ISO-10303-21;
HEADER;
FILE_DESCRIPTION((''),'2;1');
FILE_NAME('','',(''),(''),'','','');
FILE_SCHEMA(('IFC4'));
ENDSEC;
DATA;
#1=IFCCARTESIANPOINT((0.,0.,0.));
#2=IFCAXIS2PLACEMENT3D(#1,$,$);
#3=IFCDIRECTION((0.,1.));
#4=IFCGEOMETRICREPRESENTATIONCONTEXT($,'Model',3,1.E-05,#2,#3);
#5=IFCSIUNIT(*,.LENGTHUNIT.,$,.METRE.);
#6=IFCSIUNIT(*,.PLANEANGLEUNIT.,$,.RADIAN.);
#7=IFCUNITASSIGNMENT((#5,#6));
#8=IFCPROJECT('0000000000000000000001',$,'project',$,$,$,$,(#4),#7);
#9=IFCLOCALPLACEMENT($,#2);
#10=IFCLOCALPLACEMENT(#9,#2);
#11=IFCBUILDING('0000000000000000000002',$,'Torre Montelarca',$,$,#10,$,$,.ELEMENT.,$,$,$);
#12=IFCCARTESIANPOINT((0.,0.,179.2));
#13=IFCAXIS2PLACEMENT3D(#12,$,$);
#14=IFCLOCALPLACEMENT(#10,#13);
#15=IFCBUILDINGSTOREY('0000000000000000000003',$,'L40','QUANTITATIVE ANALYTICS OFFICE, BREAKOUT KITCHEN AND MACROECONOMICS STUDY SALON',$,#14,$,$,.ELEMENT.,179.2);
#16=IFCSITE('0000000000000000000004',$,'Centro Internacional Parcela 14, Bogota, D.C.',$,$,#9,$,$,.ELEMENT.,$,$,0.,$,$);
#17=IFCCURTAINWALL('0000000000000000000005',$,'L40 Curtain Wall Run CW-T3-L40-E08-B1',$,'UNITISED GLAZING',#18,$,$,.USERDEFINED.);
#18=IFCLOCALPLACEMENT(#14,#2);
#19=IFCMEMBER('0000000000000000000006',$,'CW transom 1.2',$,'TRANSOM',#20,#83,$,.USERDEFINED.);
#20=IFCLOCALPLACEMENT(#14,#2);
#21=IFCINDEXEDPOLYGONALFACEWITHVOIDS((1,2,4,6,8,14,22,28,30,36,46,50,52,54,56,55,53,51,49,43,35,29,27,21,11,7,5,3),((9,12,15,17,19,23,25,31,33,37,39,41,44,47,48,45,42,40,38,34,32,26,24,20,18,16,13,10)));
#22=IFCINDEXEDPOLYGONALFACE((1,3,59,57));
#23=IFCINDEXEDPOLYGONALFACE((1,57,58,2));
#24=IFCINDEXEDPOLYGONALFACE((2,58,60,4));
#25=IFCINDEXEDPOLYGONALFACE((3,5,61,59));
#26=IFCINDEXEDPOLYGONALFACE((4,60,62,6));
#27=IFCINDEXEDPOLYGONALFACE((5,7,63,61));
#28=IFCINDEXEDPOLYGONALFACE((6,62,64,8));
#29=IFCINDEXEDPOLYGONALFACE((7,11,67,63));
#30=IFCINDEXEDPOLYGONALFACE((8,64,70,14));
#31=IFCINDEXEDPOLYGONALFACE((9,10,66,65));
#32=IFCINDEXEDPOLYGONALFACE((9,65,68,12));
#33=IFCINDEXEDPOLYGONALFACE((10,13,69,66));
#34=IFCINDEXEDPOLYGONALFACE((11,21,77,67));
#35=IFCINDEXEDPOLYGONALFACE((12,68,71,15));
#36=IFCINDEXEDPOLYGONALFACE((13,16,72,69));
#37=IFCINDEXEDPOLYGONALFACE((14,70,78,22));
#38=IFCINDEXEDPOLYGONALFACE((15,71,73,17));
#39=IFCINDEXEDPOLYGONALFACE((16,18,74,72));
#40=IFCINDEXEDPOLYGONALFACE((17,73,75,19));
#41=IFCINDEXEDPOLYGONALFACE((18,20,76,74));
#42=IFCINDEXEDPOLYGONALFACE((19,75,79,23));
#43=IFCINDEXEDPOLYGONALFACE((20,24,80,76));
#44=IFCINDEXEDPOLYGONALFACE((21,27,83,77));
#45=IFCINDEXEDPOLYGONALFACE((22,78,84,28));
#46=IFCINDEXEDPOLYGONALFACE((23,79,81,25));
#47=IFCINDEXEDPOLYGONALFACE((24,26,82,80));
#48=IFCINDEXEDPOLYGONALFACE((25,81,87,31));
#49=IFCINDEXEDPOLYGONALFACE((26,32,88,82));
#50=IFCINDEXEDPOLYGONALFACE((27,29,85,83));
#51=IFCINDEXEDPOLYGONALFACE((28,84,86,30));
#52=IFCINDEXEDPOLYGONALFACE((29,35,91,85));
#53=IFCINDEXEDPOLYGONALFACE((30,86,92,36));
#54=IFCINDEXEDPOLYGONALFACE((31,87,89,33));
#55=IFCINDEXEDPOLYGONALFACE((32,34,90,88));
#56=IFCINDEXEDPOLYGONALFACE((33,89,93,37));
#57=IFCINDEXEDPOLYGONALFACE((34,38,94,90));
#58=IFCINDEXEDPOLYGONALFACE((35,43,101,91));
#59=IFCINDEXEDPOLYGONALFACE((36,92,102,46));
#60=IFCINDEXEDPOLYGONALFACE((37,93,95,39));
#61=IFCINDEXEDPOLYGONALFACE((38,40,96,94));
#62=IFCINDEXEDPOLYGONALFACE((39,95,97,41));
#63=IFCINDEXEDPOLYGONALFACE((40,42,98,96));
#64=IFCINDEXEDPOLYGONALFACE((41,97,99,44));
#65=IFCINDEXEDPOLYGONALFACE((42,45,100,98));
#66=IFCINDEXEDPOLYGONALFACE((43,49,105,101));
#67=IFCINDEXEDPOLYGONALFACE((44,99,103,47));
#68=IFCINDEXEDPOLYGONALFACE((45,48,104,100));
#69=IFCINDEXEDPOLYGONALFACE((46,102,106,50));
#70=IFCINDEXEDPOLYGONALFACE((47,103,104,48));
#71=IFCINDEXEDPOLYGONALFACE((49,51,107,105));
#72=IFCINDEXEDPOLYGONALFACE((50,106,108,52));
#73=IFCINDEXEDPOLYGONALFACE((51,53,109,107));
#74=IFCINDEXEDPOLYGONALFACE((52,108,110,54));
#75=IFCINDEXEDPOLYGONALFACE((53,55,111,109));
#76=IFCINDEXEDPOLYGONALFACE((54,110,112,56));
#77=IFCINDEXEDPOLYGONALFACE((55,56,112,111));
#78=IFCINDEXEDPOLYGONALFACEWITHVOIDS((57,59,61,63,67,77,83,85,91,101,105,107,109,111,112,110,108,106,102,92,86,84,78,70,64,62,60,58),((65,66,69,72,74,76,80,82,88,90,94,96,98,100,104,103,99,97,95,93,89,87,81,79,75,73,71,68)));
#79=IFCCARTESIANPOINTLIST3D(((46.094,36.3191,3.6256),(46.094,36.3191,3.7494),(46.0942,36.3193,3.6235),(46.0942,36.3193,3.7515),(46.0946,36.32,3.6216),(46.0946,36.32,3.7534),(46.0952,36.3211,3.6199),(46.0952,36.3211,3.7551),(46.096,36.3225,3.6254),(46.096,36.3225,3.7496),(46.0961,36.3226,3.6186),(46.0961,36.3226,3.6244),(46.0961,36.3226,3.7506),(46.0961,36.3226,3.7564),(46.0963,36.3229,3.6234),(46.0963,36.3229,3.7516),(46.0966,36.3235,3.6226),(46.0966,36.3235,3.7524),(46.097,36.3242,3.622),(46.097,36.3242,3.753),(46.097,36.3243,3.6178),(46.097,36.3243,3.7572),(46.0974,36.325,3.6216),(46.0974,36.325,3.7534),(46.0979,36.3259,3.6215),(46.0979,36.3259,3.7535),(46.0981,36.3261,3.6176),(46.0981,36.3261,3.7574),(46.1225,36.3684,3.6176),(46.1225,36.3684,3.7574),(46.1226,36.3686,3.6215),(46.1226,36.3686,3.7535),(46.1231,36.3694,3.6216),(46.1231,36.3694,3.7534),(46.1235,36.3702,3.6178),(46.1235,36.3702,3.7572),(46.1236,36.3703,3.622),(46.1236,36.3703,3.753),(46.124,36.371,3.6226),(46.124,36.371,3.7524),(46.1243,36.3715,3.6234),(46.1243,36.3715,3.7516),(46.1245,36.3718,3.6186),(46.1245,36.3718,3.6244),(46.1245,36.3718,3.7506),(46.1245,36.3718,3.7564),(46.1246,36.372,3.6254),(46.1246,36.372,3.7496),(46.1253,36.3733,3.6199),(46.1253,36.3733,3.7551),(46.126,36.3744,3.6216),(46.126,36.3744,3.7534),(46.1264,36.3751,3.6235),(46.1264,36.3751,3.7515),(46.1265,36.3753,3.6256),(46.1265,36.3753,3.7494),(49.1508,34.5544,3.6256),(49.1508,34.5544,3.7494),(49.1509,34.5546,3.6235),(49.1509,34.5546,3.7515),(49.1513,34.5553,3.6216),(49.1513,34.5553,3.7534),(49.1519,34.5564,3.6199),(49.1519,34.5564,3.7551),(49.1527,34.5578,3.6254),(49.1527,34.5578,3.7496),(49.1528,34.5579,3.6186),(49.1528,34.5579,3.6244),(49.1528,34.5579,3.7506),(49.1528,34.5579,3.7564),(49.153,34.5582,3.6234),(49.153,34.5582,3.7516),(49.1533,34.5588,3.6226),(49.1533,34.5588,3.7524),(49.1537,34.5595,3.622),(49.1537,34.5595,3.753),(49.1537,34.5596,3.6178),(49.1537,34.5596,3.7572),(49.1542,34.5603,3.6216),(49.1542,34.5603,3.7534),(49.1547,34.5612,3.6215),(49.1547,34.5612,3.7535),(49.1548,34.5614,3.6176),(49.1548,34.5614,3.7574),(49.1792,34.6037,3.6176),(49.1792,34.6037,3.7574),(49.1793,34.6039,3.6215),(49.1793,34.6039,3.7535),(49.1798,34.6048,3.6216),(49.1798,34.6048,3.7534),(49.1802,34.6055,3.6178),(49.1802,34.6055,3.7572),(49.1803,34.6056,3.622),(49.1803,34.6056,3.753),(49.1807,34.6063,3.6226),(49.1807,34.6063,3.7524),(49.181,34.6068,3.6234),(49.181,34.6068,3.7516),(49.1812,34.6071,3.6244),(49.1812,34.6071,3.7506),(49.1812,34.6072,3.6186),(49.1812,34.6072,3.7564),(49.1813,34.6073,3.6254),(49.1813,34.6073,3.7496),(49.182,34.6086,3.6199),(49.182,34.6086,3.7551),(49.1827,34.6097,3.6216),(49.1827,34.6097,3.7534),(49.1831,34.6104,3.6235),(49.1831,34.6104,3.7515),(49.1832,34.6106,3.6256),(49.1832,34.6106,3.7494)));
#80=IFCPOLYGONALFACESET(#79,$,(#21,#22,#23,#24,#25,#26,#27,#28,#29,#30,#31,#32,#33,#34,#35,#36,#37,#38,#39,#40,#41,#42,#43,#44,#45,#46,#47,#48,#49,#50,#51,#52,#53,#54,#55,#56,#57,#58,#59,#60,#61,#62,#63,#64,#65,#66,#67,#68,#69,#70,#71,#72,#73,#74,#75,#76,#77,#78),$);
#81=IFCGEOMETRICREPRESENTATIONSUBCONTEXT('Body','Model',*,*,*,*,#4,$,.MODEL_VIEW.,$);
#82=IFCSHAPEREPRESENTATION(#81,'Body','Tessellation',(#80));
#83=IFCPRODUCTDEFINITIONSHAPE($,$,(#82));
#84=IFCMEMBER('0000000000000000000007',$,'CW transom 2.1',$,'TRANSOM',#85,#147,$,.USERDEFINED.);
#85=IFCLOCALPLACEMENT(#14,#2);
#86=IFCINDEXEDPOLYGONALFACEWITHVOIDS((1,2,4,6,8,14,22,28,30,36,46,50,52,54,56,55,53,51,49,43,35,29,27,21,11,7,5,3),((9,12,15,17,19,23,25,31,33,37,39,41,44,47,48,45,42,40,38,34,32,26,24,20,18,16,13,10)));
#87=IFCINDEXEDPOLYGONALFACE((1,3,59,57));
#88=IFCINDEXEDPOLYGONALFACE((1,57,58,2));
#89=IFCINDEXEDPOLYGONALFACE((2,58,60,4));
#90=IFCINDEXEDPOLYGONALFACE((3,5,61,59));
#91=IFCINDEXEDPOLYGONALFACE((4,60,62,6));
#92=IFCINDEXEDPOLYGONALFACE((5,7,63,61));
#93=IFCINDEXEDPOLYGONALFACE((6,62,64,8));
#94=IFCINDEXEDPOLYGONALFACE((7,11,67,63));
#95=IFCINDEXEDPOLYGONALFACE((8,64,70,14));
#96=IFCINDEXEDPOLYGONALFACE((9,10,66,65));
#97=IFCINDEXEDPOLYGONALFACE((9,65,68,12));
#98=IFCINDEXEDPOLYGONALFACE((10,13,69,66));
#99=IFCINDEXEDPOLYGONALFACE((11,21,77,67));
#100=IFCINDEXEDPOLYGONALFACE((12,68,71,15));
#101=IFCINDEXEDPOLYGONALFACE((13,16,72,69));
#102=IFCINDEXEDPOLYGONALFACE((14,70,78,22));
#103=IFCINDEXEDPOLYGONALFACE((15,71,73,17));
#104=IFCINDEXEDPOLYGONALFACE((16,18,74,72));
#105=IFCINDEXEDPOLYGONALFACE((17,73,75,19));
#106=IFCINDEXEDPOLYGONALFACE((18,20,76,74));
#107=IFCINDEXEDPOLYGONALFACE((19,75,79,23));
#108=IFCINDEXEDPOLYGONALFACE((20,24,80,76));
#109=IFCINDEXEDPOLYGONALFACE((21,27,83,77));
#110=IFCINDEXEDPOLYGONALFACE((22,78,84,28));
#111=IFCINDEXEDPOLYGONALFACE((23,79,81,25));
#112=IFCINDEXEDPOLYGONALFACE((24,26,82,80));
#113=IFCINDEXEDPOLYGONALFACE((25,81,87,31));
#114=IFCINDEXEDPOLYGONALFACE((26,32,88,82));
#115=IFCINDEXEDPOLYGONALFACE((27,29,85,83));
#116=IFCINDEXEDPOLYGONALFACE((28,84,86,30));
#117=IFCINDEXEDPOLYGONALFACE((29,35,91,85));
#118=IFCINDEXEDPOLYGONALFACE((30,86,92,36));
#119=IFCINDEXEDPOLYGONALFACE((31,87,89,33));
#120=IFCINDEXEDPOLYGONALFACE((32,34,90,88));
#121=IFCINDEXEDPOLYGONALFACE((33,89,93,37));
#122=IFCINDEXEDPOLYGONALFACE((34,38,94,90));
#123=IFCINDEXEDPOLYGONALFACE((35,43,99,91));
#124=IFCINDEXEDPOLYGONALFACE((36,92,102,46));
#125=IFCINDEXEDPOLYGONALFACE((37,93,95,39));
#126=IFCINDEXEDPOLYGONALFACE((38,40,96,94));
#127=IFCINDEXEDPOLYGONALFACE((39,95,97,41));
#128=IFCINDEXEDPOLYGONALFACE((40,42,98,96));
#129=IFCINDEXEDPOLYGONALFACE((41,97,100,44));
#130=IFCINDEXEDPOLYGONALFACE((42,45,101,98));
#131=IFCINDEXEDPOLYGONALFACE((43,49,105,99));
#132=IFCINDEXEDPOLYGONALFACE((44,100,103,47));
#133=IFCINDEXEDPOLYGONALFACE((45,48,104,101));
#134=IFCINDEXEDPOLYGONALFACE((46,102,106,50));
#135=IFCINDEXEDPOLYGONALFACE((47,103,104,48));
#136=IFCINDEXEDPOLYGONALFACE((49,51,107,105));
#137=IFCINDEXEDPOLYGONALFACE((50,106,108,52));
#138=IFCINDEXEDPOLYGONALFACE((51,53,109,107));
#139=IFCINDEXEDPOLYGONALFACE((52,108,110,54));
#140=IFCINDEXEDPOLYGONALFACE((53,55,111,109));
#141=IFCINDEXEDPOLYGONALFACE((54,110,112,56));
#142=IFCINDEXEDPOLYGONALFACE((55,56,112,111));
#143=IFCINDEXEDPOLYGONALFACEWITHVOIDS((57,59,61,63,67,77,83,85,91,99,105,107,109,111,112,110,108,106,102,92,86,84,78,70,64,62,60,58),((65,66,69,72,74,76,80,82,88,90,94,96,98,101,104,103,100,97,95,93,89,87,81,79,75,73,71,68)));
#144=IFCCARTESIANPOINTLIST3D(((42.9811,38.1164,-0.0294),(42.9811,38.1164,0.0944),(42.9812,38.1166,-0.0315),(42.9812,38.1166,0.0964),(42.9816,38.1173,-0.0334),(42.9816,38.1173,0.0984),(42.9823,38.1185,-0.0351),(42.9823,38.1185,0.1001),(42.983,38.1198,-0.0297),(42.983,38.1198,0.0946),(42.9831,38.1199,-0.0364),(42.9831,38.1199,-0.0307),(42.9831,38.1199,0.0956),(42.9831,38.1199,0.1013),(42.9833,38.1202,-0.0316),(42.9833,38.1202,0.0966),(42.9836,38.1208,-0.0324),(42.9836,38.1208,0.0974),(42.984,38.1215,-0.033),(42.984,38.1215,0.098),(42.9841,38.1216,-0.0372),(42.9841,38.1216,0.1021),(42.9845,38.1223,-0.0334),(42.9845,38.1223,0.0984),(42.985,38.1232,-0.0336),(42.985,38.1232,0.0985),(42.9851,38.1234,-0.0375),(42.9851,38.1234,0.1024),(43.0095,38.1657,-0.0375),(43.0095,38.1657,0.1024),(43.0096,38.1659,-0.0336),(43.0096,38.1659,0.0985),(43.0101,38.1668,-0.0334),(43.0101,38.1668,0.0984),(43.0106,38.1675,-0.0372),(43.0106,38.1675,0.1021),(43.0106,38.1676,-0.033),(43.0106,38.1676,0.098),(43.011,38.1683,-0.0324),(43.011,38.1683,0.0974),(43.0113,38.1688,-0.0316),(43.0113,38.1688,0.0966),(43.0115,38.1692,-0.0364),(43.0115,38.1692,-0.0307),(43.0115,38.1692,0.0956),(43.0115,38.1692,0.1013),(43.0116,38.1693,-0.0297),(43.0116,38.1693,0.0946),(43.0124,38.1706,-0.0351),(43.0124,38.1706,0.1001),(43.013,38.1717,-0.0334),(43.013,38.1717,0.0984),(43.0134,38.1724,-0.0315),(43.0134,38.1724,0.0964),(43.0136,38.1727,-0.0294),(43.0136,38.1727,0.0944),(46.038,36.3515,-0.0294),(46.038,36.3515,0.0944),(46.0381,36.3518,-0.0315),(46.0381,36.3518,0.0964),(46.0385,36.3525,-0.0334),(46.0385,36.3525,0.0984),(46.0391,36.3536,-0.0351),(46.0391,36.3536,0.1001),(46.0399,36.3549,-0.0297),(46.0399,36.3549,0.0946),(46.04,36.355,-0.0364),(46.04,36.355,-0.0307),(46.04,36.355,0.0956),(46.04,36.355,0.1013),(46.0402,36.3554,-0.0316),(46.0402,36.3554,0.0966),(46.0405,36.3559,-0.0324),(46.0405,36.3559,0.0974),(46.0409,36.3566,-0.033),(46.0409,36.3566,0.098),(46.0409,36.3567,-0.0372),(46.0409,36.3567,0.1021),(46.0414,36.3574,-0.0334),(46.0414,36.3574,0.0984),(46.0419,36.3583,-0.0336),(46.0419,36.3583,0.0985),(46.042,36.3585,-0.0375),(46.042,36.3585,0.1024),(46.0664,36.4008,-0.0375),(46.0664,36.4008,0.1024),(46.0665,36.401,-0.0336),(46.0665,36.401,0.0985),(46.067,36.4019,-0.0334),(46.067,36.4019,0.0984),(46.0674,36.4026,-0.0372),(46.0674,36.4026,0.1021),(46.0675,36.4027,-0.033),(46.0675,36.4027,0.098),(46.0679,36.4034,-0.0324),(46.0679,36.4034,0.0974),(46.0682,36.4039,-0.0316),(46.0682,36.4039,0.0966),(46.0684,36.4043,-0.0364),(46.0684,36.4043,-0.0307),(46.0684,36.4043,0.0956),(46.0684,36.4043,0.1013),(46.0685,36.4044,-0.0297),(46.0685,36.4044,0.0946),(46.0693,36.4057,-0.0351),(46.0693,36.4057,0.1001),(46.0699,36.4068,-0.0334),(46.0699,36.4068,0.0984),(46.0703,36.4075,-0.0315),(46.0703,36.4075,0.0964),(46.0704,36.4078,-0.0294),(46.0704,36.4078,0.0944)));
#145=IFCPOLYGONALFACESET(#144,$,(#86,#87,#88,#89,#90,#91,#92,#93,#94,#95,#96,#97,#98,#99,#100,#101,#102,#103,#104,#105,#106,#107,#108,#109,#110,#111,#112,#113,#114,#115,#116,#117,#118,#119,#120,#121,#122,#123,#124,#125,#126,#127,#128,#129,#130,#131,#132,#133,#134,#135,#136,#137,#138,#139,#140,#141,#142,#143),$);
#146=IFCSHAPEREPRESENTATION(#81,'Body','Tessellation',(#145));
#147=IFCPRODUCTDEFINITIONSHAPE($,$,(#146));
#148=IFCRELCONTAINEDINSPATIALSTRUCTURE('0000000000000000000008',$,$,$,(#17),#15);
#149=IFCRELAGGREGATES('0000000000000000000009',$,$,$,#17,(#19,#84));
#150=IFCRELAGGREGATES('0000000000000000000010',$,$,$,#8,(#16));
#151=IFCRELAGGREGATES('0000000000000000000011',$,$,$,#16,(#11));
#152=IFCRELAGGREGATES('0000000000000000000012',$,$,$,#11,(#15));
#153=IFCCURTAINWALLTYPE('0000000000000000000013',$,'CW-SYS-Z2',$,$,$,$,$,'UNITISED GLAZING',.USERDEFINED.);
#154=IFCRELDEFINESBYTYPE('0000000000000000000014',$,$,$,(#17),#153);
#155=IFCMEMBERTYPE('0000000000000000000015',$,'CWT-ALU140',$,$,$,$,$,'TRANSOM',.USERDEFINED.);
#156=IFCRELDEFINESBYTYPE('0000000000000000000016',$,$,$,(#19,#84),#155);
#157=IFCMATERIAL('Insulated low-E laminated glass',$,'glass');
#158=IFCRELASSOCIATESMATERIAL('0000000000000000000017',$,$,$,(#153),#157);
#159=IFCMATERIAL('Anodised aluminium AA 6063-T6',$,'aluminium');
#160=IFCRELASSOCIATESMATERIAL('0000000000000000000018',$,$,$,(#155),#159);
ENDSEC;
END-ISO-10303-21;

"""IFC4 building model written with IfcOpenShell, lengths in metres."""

from ifc_helpers import new_model, si_unit, direction, frame, origin, origin_2d, place, context, subcontext, project, spatial, hollow_rectangle, extrude, source, transform, mapped, material, material_profile, profile_set, type_object, element, aggregate, save


model = new_model("IFC4")

# Units and contexts
model_context = context("Model", 3, precision=1e-05, world=origin(), true_north=direction((0.0, 1.0)))
body_context = subcontext(model_context, "Body", "Model", "MODEL_VIEW")
ifc_project = project(units=[si_unit("LENGTHUNIT", "METRE"), si_unit("PLANEANGLEUNIT", "RADIAN")], contexts=[model_context])

# Site, building, storey
site_placement = place(None, origin())
site = spatial("IfcSite", under=ifc_project, at=site_placement, Name="Centro Internacional Parcela 14, Bogota, D.C.", CompositionType="ELEMENT", RefElevation=0.0)
building_placement = place(site_placement, origin())
building = spatial("IfcBuilding", under=site, at=building_placement, Name="Torre Montelarca", CompositionType="ELEMENT")
storey_placement = place(building_placement, frame((0.0, 0.0, 179.2)))
storey = spatial("IfcBuildingStorey", under=building, at=storey_placement, Name="L40", Description="QUANTITATIVE ANALYTICS OFFICE, BREAKOUT KITCHEN AND MACROECONOMICS STUDY SALON", CompositionType="ELEMENT", Elevation=179.2)

# Curtain wall
ifc_material_1 = material(Name="Insulated low-E laminated glass", Category="glass")
curtain_wall_type = type_object("IfcCurtainWallType", Name="CW-SYS-Z2", ElementType="UNITISED GLAZING", PredefinedType="USERDEFINED", material=ifc_material_1)
ifc_material_2 = material(Name="Anodised aluminium AA 6063-T6", Category="aluminium")
ifc_material_profile_1 = material_profile(ifc_material_2, hollow_rectangle(XDim=0.0649, YDim=0.1399, WallThickness=0.0039, InnerFilletRadius=0.0039, OuterFilletRadius=0.0081, at=origin_2d()), Name="ALU65X140X4", Category="aluminium")
ifc_profile_set_1 = profile_set([ifc_material_profile_1], Name="Anodised aluminium AA 6063-T6")
member_type_1 = type_object("IfcMemberType", Name="CWT-ALU140", ElementType="TRANSOM", PredefinedType="USERDEFINED", material=ifc_profile_set_1)
curtain_wall_1_placement = place(storey_placement, origin())
curtain_wall_1 = element("IfcCurtainWall", 1, at=curtain_wall_1_placement, inside=storey, type_object=curtain_wall_type, Name="L40 Curtain Wall Run CW-T3-L40-E08-B1", ObjectType="UNITISED GLAZING", PredefinedType="USERDEFINED")

# Members
shared_shape_1 = source(origin(), body_context, "Body", "SweptSolid", [
    extrude(hollow_rectangle(XDim=0.0649, YDim=0.1399, WallThickness=0.0039, InnerFilletRadius=0.0039, OuterFilletRadius=0.0081, at=origin_2d()), origin(), (0.0, 0.0, 1.0), 3.5295),
])
member_1_placement = place(storey_placement, frame((49.167, 34.5825, 3.6875), z_axis=(-0.866038, 0.499978, 0.0), x_axis=(-0.499978, -0.866038, 0.0)))
member_1 = element("IfcMember", 2, at=member_1_placement, type_object=member_type_1, Name="CW transom 1.2", ObjectType="TRANSOM", PredefinedType="USERDEFINED", context=body_context, shape_type="MappedRepresentation", body=[
    mapped(shared_shape_1, transform((0.0, 0.0, 0.0), scale=1.0)),
])
shared_shape_2 = source(origin(), body_context, "Body", "SweptSolid", [
    extrude(hollow_rectangle(XDim=0.0649, YDim=0.1399, WallThickness=0.0039, InnerFilletRadius=0.0039, OuterFilletRadius=0.0081, at=origin_2d()), origin(), (0.0, 0.0, 1.0), 3.5298),
])
member_2_placement = place(storey_placement, frame((46.0542, 36.3796, 0.0325), z_axis=(-0.866025, 0.5, 0.0), x_axis=(-0.5, -0.866025, 0.0)))
member_2 = element("IfcMember", 3, at=member_2_placement, type_object=member_type_1, Name="CW transom 2.1", ObjectType="TRANSOM", PredefinedType="USERDEFINED", context=body_context, shape_type="MappedRepresentation", body=[
    mapped(shared_shape_2, transform((0.0, 0.0, 0.0), scale=1.0)),
])

aggregate(curtain_wall_1, [member_1, member_2])

save(model, "model.ifc")
